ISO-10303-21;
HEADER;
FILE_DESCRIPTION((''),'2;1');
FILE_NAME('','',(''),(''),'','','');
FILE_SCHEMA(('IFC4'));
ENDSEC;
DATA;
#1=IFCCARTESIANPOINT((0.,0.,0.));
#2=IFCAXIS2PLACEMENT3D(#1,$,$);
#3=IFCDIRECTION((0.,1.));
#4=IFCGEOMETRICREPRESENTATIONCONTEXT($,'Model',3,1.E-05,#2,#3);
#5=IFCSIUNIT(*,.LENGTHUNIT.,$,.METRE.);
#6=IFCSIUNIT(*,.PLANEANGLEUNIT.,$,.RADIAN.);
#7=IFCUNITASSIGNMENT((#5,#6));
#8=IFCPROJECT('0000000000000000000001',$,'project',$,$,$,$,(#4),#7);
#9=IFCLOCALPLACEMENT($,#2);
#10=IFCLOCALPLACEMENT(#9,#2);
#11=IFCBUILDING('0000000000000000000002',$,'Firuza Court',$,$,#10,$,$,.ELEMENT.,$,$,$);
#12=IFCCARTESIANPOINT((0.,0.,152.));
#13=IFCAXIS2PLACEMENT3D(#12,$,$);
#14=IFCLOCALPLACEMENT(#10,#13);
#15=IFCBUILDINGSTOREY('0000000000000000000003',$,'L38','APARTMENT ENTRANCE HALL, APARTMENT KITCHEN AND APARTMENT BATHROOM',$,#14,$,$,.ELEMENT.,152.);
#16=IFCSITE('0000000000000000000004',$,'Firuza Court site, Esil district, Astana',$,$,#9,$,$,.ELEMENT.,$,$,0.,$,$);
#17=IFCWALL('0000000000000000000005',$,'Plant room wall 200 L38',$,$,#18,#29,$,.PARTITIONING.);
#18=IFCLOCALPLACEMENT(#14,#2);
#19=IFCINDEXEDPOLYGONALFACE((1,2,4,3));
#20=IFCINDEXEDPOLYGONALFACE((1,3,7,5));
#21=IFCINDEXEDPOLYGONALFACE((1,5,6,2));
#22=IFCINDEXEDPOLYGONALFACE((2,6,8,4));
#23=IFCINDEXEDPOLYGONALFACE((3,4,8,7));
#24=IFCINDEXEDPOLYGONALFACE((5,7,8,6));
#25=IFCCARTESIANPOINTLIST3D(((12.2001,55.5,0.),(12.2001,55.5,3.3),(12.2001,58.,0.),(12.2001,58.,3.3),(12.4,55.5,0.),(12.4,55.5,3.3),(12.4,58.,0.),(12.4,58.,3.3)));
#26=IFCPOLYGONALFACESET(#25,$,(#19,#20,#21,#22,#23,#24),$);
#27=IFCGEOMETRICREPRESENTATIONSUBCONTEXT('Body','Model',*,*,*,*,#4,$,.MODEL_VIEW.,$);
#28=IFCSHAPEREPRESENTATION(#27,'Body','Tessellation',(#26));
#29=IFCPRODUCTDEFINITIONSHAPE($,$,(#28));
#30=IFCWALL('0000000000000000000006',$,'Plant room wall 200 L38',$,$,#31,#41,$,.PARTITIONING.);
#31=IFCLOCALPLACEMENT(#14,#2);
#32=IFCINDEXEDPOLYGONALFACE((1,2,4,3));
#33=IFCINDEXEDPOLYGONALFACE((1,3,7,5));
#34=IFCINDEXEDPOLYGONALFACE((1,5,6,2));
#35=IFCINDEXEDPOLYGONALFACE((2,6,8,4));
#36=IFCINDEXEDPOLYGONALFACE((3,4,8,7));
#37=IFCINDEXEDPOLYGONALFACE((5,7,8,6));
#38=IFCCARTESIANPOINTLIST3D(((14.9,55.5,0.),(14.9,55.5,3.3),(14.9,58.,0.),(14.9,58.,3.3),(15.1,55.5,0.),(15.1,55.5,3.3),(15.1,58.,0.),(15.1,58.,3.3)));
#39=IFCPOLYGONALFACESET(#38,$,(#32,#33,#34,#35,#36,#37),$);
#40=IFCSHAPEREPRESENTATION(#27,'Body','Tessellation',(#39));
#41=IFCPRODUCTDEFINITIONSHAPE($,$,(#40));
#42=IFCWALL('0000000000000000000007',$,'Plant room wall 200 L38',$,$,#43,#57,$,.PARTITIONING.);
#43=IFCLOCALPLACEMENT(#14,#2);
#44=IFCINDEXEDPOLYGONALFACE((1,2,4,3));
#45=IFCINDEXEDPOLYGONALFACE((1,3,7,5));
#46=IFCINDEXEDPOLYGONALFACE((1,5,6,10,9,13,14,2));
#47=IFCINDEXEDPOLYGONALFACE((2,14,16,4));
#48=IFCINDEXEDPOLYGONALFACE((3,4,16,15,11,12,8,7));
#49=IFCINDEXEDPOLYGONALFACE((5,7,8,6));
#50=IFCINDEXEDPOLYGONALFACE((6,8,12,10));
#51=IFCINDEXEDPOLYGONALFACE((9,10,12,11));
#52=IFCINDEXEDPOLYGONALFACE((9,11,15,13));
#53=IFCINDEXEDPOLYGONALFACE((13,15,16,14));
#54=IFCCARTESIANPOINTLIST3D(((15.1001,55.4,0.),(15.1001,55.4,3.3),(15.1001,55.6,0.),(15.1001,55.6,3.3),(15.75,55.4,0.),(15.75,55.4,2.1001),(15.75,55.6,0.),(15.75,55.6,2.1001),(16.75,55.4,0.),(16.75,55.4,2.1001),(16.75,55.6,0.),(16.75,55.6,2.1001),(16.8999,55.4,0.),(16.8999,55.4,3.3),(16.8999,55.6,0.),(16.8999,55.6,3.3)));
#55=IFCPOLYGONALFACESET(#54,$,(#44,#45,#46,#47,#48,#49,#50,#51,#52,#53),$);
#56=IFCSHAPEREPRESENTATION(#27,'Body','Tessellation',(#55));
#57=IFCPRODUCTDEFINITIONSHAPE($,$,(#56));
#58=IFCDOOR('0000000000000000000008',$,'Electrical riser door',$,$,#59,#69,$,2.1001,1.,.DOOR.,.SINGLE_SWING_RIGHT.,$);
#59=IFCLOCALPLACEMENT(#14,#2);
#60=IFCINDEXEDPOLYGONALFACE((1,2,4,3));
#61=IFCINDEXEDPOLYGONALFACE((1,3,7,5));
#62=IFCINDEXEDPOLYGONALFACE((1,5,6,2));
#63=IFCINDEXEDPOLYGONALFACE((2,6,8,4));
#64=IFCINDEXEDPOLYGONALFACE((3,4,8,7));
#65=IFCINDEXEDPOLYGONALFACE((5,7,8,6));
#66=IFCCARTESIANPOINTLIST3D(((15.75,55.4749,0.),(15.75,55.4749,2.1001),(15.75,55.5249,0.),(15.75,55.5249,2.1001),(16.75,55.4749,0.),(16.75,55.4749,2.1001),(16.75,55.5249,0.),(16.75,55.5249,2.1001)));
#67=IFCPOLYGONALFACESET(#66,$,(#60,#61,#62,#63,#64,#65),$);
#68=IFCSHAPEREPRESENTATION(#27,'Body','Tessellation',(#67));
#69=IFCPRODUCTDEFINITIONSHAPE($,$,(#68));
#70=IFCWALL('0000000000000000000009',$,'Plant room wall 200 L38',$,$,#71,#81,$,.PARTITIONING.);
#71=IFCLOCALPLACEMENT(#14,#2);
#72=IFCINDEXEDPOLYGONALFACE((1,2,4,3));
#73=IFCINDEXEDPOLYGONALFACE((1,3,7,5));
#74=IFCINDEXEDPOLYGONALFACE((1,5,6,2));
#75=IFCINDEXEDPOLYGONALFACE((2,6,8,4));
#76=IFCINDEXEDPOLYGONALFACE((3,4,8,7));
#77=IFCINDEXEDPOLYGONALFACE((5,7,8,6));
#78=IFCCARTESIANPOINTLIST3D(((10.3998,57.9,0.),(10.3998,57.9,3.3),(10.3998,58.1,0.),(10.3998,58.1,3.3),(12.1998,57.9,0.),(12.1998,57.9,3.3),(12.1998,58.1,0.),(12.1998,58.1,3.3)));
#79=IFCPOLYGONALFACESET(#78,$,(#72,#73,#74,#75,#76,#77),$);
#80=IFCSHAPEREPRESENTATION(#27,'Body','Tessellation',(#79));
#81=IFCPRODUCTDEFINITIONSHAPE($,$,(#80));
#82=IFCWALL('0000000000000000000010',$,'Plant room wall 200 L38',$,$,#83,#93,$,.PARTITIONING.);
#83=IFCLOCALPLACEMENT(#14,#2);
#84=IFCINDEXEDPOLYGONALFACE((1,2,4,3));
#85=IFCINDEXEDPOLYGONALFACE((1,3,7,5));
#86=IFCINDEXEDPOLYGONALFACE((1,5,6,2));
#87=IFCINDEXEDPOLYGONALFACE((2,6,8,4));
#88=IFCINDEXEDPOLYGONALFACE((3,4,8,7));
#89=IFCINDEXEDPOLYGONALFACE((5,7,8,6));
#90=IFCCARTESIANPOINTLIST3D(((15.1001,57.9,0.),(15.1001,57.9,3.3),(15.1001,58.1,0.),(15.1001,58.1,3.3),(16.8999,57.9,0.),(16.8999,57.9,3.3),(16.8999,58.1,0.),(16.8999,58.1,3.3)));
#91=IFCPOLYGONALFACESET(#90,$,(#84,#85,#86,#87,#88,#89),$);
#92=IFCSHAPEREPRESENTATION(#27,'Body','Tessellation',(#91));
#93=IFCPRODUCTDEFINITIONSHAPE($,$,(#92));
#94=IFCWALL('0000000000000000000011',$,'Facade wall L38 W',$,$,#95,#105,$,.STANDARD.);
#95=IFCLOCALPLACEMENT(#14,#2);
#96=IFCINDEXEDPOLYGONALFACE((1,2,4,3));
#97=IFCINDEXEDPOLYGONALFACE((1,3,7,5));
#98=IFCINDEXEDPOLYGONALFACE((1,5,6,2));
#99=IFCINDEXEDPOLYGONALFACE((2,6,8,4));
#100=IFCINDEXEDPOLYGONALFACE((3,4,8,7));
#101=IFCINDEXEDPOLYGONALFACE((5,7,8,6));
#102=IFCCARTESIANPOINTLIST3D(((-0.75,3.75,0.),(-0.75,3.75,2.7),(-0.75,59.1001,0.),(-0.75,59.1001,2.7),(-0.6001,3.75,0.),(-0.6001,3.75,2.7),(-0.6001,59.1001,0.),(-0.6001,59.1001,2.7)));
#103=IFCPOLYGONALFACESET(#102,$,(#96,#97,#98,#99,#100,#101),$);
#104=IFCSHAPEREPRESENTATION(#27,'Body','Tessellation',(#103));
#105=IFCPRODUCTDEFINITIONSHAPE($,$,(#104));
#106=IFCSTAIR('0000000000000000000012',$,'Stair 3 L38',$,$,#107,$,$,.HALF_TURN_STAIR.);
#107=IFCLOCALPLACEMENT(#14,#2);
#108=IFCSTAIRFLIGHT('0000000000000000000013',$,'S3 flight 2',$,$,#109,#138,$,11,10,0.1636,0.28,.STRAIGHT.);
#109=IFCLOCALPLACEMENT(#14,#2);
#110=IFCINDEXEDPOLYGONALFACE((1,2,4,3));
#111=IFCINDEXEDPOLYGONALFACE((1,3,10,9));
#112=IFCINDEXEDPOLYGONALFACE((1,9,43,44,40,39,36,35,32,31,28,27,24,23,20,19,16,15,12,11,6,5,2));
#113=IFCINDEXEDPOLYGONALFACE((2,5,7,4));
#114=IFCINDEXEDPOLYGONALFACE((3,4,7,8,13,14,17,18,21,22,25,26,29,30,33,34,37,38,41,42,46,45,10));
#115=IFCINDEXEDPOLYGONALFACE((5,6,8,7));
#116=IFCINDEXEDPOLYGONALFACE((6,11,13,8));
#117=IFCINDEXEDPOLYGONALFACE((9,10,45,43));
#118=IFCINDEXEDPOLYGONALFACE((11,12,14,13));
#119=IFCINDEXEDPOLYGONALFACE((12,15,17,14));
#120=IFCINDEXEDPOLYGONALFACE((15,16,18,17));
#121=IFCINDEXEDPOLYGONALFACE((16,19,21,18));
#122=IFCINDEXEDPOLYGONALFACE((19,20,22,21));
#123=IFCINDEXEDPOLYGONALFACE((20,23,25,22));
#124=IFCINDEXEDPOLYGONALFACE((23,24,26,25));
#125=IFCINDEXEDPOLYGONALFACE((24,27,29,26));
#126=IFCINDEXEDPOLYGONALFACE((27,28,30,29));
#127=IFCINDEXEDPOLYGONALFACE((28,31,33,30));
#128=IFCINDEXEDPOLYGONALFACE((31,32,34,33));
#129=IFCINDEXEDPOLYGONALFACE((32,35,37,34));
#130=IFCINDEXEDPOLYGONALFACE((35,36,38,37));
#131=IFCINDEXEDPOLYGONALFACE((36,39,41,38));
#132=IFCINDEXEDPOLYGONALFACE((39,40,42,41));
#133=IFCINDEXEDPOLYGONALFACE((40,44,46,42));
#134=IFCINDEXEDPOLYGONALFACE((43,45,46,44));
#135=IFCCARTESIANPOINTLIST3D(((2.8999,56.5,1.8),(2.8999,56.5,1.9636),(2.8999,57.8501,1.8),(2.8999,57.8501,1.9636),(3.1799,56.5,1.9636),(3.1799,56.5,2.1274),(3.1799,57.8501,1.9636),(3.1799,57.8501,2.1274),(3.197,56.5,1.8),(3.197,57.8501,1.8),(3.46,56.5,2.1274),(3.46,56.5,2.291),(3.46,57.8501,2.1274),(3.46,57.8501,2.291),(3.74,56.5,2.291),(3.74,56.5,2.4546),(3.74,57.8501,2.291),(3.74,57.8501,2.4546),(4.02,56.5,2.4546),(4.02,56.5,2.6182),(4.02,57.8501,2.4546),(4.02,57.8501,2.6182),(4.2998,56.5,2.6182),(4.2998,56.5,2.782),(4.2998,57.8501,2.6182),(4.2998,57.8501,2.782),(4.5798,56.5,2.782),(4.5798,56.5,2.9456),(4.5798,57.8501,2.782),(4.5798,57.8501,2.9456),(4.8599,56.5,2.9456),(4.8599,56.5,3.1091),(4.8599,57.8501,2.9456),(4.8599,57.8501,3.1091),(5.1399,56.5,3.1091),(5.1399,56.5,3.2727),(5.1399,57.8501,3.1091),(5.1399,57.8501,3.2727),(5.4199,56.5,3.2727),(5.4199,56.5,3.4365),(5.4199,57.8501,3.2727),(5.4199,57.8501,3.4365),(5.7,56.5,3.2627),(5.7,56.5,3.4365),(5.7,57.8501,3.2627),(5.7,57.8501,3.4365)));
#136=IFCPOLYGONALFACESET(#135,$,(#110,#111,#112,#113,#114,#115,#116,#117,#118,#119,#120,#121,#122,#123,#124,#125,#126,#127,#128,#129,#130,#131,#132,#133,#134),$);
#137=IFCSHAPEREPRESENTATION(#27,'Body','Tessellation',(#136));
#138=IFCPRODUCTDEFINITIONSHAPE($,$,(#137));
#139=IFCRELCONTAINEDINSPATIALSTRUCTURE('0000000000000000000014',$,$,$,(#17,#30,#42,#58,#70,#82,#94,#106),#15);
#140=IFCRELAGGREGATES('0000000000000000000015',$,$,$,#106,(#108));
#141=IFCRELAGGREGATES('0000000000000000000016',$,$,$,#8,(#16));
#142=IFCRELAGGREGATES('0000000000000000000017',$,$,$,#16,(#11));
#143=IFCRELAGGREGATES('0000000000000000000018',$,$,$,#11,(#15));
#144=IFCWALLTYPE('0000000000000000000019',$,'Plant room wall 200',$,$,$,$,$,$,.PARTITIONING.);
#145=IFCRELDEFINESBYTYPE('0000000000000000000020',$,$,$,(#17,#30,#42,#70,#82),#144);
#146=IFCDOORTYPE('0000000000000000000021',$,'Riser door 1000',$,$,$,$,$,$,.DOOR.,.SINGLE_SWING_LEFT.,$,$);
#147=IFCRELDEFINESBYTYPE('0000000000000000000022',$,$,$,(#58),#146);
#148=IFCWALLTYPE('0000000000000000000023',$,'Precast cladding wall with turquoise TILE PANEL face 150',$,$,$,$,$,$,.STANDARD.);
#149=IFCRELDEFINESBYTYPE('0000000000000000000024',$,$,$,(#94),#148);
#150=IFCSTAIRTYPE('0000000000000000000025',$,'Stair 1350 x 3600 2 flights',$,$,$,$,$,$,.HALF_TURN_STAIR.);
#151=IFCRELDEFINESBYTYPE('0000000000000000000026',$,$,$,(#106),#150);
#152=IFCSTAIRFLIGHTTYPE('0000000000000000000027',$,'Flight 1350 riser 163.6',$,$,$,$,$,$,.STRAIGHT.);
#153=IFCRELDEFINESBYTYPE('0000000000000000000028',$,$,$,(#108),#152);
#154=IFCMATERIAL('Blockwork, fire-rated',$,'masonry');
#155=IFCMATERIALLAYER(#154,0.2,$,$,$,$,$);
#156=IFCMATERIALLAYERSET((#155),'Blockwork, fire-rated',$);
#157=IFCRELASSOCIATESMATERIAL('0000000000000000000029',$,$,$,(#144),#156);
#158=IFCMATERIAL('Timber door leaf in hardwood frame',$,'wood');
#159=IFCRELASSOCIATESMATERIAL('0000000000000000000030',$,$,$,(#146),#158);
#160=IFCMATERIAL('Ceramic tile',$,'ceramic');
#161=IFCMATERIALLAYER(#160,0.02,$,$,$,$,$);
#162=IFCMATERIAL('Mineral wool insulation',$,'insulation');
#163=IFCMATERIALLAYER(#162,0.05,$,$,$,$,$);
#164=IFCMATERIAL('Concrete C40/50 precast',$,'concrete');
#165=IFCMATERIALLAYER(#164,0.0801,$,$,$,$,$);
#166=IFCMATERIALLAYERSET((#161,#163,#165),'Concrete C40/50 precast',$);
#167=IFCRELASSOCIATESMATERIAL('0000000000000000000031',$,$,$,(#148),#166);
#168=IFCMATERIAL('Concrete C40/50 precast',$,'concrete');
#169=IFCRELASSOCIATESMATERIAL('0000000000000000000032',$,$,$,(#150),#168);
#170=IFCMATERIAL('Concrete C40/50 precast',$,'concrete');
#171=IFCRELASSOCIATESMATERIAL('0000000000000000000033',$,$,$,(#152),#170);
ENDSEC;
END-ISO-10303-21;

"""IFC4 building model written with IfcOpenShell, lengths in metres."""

from ifc_helpers import new_model, si_unit, direction, frame, frame_2d, origin, place, context, subcontext, project, spatial, polyline, rectangle, outline, extrude, material, layer, layer_set, type_object, element, fill, aggregate, save


model = new_model("IFC4")

# Units and contexts
model_context = context("Model", 3, precision=1e-05, world=origin(), true_north=direction((0.0, 1.0)))
body_context = subcontext(model_context, "Body", "Model", "MODEL_VIEW")
ifc_project = project(units=[si_unit("LENGTHUNIT", "METRE"), si_unit("PLANEANGLEUNIT", "RADIAN")], contexts=[model_context])

# Site, building, storey
site_placement = place(None, origin())
site = spatial("IfcSite", under=ifc_project, at=site_placement, Name="Firuza Court site, Esil district, Astana", CompositionType="ELEMENT", RefElevation=0.0)
building_placement = place(site_placement, origin())
building = spatial("IfcBuilding", under=site, at=building_placement, Name="Firuza Court", CompositionType="ELEMENT")
storey_placement = place(building_placement, frame((0.0, 0.0, 152.0)))
storey = spatial("IfcBuildingStorey", under=building, at=storey_placement, Name="L38", Description="APARTMENT ENTRANCE HALL, APARTMENT KITCHEN AND APARTMENT BATHROOM", CompositionType="ELEMENT", Elevation=152.0)

# Shared definitions
ifc_material_1 = material(Name="Blockwork, fire-rated", Category="masonry")
ifc_layer_1 = layer(ifc_material_1, 0.2)
ifc_layer_set_1 = layer_set([ifc_layer_1], Name="Blockwork, fire-rated")
wall_type_1 = type_object("IfcWallType", Name="Plant room wall 200", PredefinedType="PARTITIONING", material=ifc_layer_set_1)

# Shared definitions
ifc_material_2 = material(Name="Timber door leaf in hardwood frame", Category="wood")
door_type = type_object("IfcDoorType", Name="Riser door 1000", OperationType="SINGLE_SWING_LEFT", PredefinedType="DOOR", material=ifc_material_2)

# Walls
for number, where, z_axis, x_axis, name in (
    (1, (12.3, 55.5, 0.0), (0.0, 0.0, 1.0), (0.0, 1.0, 0.0), "Plant room wall 200 L38"),
    (2, (15.0, 55.5, 0.0), (0.0, 0.0, 1.0), (0.0, 1.0, 0.0), "Plant room wall 200 L38"),
):
    element("IfcWall", number, at=place(storey_placement, frame(where, z_axis=z_axis, x_axis=x_axis)), inside=storey, type_object=wall_type_1, Name=name, PredefinedType="PARTITIONING", context=body_context, shape_type="SweptSolid", body=[
        extrude(rectangle(XDim=2.5, YDim=0.2, at=frame_2d((1.25, 0.0))), origin(), (0.0, 0.0, 1.0), 3.3),
    ])

# Wall, opening, door
wall_1_placement = place(storey_placement, frame((15.1001, 55.5, 0.0), z_axis=(0.0, 0.0, 1.0), x_axis=(1.0, 0.0, 0.0)))
wall_1 = element("IfcWall", 3, at=wall_1_placement, inside=storey, type_object=wall_type_1, Name="Plant room wall 200 L38", PredefinedType="PARTITIONING", context=body_context, shape_type="SweptSolid", body=[
    extrude(rectangle(XDim=1.7998, YDim=0.2, at=frame_2d((0.8999, 0.0))), origin(), (0.0, 0.0, 1.0), 3.3),
])
opening_1_placement = place(wall_1_placement, frame((0.6499, 0.0, 0.0)))
opening_1 = element("IfcOpeningElement", 4, at=opening_1_placement, cuts=wall_1, PredefinedType="OPENING", context=body_context, shape_type="SweptSolid", body=[
    extrude(rectangle(XDim=1.0, YDim=2.1001, at=frame_2d((0.5, 1.05))), frame((0.0, 0.1118, 0.0), z_axis=(0.0, -1.0, 0.0), x_axis=(1.0, 0.0, 0.0)), (0.0, 0.0, 1.0), 0.2239),
])
door_1_placement = place(opening_1_placement, origin())
door_1 = element("IfcDoor", 5, at=door_1_placement, inside=storey, type_object=door_type, Name="Electrical riser door", OperationType="SINGLE_SWING_RIGHT", OverallHeight=2.1001, OverallWidth=1.0, PredefinedType="DOOR", context=body_context, shape_type="SweptSolid", body=[
    extrude(rectangle(XDim=1.0, YDim=2.1001, at=frame_2d((0.5, 1.05))), frame((0.0, 0.0249, 0.0), z_axis=(0.0, -1.0, 0.0), x_axis=(1.0, 0.0, 0.0)), (0.0, 0.0, 1.0), 0.05),
])
fill(opening_1, door_1)

# Walls
wall_2_placement = place(storey_placement, frame((10.3999, 58.0, 0.0), z_axis=(0.0, 0.0, 1.0), x_axis=(1.0, 0.0, 0.0)))
element("IfcWall", 6, at=wall_2_placement, inside=storey, type_object=wall_type_1, Name="Plant room wall 200 L38", PredefinedType="PARTITIONING", context=body_context, shape_type="SweptSolid", body=[
    extrude(rectangle(XDim=1.8, YDim=0.2, at=frame_2d((0.8999, 0.0))), origin(), (0.0, 0.0, 1.0), 3.3),
])
wall_3_placement = place(storey_placement, frame((15.1001, 58.0, 0.0), z_axis=(0.0, 0.0, 1.0), x_axis=(1.0, 0.0, 0.0)))
element("IfcWall", 7, at=wall_3_placement, inside=storey, type_object=wall_type_1, Name="Plant room wall 200 L38", PredefinedType="PARTITIONING", context=body_context, shape_type="SweptSolid", body=[
    extrude(rectangle(XDim=1.7998, YDim=0.2, at=frame_2d((0.8999, 0.0))), origin(), (0.0, 0.0, 1.0), 3.3),
])
ifc_material_3 = material(Name="Ceramic tile", Category="ceramic")
ifc_layer_2 = layer(ifc_material_3, 0.02)
ifc_material_4 = material(Name="Mineral wool insulation", Category="insulation")
ifc_layer_3 = layer(ifc_material_4, 0.05)
ifc_material_5 = material(Name="Concrete C40/50 precast", Category="concrete")
ifc_layer_4 = layer(ifc_material_5, 0.0801)
ifc_layer_set_2 = layer_set([ifc_layer_2, ifc_layer_3, ifc_layer_4], Name="Concrete C40/50 precast")
wall_type_2 = type_object("IfcWallType", Name="Precast cladding wall with turquoise TILE PANEL face 150", PredefinedType="STANDARD", material=ifc_layer_set_2)
wall_4_placement = place(storey_placement, frame((-0.675, 59.1001, 0.0), z_axis=(0.0, 0.0, 1.0), x_axis=(0.0, -1.0, 0.0)))
element("IfcWall", 8, at=wall_4_placement, inside=storey, type_object=wall_type_2, Name="Facade wall L38 W", PredefinedType="STANDARD", context=body_context, shape_type="SweptSolid", body=[
    extrude(rectangle(XDim=55.3501, YDim=0.1499, at=frame_2d((27.675, 0.0))), origin(), (0.0, 0.0, 1.0), 2.7),
])

# Stair, stair flight
ifc_material_6 = material(Name="Concrete C40/50 precast", Category="concrete")
stair_type = type_object("IfcStairType", Name="Stair 1350 x 3600 2 flights", PredefinedType="HALF_TURN_STAIR", material=ifc_material_6)
stair_placement = place(storey_placement, origin())
stair = element("IfcStair", 9, at=stair_placement, inside=storey, type_object=stair_type, Name="Stair 3 L38", PredefinedType="HALF_TURN_STAIR")
ifc_material_7 = material(Name="Concrete C40/50 precast", Category="concrete")
stair_flight_type = type_object("IfcStairFlightType", Name="Flight 1350 riser 163.6", PredefinedType="STRAIGHT", material=ifc_material_7)
stair_flight_placement = place(storey_placement, frame((2.8999, 57.175, 1.8), z_axis=(0.0, 0.0, 1.0), x_axis=(1.0, 0.0, 0.0)))
stair_flight = element("IfcStairFlight", 10, at=stair_flight_placement, type_object=stair_flight_type, Name="S3 flight 2", NumberOfRisers=11, NumberOfTreads=10, PredefinedType="STRAIGHT", RiserHeight=0.1636, TreadLength=0.28, context=body_context, shape_type="SweptSolid", body=[
    extrude(outline(polyline([(0.0, 0.0), (0.0, 0.1636), (0.28, 0.1636), (0.28, 0.3274), (0.5601, 0.3274), (0.5601, 0.491), (0.8401, 0.491), (0.8401, 0.6545), (1.1201, 0.6545), (1.1201, 0.8181), (1.3999, 0.8181), (1.3999, 0.9819), (1.6799, 0.9819), (1.6799, 1.1455), (1.96, 1.1455), (1.96, 1.3091), (2.24, 1.3091), (2.24, 1.4727), (2.52, 1.4727), (2.52, 1.6365), (2.8, 1.6365), (2.8, 1.8), (2.8, 1.4626), (0.2971, 0.0), (0.0, 0.0)])), frame((0.0, 0.675, 0.0), z_axis=(0.0, -1.0, 0.0), x_axis=(1.0, 0.0, 0.0)), (0.0, 0.0, 1.0), 1.3501),
])
aggregate(stair, [stair_flight])

save(model, "model.ifc")
